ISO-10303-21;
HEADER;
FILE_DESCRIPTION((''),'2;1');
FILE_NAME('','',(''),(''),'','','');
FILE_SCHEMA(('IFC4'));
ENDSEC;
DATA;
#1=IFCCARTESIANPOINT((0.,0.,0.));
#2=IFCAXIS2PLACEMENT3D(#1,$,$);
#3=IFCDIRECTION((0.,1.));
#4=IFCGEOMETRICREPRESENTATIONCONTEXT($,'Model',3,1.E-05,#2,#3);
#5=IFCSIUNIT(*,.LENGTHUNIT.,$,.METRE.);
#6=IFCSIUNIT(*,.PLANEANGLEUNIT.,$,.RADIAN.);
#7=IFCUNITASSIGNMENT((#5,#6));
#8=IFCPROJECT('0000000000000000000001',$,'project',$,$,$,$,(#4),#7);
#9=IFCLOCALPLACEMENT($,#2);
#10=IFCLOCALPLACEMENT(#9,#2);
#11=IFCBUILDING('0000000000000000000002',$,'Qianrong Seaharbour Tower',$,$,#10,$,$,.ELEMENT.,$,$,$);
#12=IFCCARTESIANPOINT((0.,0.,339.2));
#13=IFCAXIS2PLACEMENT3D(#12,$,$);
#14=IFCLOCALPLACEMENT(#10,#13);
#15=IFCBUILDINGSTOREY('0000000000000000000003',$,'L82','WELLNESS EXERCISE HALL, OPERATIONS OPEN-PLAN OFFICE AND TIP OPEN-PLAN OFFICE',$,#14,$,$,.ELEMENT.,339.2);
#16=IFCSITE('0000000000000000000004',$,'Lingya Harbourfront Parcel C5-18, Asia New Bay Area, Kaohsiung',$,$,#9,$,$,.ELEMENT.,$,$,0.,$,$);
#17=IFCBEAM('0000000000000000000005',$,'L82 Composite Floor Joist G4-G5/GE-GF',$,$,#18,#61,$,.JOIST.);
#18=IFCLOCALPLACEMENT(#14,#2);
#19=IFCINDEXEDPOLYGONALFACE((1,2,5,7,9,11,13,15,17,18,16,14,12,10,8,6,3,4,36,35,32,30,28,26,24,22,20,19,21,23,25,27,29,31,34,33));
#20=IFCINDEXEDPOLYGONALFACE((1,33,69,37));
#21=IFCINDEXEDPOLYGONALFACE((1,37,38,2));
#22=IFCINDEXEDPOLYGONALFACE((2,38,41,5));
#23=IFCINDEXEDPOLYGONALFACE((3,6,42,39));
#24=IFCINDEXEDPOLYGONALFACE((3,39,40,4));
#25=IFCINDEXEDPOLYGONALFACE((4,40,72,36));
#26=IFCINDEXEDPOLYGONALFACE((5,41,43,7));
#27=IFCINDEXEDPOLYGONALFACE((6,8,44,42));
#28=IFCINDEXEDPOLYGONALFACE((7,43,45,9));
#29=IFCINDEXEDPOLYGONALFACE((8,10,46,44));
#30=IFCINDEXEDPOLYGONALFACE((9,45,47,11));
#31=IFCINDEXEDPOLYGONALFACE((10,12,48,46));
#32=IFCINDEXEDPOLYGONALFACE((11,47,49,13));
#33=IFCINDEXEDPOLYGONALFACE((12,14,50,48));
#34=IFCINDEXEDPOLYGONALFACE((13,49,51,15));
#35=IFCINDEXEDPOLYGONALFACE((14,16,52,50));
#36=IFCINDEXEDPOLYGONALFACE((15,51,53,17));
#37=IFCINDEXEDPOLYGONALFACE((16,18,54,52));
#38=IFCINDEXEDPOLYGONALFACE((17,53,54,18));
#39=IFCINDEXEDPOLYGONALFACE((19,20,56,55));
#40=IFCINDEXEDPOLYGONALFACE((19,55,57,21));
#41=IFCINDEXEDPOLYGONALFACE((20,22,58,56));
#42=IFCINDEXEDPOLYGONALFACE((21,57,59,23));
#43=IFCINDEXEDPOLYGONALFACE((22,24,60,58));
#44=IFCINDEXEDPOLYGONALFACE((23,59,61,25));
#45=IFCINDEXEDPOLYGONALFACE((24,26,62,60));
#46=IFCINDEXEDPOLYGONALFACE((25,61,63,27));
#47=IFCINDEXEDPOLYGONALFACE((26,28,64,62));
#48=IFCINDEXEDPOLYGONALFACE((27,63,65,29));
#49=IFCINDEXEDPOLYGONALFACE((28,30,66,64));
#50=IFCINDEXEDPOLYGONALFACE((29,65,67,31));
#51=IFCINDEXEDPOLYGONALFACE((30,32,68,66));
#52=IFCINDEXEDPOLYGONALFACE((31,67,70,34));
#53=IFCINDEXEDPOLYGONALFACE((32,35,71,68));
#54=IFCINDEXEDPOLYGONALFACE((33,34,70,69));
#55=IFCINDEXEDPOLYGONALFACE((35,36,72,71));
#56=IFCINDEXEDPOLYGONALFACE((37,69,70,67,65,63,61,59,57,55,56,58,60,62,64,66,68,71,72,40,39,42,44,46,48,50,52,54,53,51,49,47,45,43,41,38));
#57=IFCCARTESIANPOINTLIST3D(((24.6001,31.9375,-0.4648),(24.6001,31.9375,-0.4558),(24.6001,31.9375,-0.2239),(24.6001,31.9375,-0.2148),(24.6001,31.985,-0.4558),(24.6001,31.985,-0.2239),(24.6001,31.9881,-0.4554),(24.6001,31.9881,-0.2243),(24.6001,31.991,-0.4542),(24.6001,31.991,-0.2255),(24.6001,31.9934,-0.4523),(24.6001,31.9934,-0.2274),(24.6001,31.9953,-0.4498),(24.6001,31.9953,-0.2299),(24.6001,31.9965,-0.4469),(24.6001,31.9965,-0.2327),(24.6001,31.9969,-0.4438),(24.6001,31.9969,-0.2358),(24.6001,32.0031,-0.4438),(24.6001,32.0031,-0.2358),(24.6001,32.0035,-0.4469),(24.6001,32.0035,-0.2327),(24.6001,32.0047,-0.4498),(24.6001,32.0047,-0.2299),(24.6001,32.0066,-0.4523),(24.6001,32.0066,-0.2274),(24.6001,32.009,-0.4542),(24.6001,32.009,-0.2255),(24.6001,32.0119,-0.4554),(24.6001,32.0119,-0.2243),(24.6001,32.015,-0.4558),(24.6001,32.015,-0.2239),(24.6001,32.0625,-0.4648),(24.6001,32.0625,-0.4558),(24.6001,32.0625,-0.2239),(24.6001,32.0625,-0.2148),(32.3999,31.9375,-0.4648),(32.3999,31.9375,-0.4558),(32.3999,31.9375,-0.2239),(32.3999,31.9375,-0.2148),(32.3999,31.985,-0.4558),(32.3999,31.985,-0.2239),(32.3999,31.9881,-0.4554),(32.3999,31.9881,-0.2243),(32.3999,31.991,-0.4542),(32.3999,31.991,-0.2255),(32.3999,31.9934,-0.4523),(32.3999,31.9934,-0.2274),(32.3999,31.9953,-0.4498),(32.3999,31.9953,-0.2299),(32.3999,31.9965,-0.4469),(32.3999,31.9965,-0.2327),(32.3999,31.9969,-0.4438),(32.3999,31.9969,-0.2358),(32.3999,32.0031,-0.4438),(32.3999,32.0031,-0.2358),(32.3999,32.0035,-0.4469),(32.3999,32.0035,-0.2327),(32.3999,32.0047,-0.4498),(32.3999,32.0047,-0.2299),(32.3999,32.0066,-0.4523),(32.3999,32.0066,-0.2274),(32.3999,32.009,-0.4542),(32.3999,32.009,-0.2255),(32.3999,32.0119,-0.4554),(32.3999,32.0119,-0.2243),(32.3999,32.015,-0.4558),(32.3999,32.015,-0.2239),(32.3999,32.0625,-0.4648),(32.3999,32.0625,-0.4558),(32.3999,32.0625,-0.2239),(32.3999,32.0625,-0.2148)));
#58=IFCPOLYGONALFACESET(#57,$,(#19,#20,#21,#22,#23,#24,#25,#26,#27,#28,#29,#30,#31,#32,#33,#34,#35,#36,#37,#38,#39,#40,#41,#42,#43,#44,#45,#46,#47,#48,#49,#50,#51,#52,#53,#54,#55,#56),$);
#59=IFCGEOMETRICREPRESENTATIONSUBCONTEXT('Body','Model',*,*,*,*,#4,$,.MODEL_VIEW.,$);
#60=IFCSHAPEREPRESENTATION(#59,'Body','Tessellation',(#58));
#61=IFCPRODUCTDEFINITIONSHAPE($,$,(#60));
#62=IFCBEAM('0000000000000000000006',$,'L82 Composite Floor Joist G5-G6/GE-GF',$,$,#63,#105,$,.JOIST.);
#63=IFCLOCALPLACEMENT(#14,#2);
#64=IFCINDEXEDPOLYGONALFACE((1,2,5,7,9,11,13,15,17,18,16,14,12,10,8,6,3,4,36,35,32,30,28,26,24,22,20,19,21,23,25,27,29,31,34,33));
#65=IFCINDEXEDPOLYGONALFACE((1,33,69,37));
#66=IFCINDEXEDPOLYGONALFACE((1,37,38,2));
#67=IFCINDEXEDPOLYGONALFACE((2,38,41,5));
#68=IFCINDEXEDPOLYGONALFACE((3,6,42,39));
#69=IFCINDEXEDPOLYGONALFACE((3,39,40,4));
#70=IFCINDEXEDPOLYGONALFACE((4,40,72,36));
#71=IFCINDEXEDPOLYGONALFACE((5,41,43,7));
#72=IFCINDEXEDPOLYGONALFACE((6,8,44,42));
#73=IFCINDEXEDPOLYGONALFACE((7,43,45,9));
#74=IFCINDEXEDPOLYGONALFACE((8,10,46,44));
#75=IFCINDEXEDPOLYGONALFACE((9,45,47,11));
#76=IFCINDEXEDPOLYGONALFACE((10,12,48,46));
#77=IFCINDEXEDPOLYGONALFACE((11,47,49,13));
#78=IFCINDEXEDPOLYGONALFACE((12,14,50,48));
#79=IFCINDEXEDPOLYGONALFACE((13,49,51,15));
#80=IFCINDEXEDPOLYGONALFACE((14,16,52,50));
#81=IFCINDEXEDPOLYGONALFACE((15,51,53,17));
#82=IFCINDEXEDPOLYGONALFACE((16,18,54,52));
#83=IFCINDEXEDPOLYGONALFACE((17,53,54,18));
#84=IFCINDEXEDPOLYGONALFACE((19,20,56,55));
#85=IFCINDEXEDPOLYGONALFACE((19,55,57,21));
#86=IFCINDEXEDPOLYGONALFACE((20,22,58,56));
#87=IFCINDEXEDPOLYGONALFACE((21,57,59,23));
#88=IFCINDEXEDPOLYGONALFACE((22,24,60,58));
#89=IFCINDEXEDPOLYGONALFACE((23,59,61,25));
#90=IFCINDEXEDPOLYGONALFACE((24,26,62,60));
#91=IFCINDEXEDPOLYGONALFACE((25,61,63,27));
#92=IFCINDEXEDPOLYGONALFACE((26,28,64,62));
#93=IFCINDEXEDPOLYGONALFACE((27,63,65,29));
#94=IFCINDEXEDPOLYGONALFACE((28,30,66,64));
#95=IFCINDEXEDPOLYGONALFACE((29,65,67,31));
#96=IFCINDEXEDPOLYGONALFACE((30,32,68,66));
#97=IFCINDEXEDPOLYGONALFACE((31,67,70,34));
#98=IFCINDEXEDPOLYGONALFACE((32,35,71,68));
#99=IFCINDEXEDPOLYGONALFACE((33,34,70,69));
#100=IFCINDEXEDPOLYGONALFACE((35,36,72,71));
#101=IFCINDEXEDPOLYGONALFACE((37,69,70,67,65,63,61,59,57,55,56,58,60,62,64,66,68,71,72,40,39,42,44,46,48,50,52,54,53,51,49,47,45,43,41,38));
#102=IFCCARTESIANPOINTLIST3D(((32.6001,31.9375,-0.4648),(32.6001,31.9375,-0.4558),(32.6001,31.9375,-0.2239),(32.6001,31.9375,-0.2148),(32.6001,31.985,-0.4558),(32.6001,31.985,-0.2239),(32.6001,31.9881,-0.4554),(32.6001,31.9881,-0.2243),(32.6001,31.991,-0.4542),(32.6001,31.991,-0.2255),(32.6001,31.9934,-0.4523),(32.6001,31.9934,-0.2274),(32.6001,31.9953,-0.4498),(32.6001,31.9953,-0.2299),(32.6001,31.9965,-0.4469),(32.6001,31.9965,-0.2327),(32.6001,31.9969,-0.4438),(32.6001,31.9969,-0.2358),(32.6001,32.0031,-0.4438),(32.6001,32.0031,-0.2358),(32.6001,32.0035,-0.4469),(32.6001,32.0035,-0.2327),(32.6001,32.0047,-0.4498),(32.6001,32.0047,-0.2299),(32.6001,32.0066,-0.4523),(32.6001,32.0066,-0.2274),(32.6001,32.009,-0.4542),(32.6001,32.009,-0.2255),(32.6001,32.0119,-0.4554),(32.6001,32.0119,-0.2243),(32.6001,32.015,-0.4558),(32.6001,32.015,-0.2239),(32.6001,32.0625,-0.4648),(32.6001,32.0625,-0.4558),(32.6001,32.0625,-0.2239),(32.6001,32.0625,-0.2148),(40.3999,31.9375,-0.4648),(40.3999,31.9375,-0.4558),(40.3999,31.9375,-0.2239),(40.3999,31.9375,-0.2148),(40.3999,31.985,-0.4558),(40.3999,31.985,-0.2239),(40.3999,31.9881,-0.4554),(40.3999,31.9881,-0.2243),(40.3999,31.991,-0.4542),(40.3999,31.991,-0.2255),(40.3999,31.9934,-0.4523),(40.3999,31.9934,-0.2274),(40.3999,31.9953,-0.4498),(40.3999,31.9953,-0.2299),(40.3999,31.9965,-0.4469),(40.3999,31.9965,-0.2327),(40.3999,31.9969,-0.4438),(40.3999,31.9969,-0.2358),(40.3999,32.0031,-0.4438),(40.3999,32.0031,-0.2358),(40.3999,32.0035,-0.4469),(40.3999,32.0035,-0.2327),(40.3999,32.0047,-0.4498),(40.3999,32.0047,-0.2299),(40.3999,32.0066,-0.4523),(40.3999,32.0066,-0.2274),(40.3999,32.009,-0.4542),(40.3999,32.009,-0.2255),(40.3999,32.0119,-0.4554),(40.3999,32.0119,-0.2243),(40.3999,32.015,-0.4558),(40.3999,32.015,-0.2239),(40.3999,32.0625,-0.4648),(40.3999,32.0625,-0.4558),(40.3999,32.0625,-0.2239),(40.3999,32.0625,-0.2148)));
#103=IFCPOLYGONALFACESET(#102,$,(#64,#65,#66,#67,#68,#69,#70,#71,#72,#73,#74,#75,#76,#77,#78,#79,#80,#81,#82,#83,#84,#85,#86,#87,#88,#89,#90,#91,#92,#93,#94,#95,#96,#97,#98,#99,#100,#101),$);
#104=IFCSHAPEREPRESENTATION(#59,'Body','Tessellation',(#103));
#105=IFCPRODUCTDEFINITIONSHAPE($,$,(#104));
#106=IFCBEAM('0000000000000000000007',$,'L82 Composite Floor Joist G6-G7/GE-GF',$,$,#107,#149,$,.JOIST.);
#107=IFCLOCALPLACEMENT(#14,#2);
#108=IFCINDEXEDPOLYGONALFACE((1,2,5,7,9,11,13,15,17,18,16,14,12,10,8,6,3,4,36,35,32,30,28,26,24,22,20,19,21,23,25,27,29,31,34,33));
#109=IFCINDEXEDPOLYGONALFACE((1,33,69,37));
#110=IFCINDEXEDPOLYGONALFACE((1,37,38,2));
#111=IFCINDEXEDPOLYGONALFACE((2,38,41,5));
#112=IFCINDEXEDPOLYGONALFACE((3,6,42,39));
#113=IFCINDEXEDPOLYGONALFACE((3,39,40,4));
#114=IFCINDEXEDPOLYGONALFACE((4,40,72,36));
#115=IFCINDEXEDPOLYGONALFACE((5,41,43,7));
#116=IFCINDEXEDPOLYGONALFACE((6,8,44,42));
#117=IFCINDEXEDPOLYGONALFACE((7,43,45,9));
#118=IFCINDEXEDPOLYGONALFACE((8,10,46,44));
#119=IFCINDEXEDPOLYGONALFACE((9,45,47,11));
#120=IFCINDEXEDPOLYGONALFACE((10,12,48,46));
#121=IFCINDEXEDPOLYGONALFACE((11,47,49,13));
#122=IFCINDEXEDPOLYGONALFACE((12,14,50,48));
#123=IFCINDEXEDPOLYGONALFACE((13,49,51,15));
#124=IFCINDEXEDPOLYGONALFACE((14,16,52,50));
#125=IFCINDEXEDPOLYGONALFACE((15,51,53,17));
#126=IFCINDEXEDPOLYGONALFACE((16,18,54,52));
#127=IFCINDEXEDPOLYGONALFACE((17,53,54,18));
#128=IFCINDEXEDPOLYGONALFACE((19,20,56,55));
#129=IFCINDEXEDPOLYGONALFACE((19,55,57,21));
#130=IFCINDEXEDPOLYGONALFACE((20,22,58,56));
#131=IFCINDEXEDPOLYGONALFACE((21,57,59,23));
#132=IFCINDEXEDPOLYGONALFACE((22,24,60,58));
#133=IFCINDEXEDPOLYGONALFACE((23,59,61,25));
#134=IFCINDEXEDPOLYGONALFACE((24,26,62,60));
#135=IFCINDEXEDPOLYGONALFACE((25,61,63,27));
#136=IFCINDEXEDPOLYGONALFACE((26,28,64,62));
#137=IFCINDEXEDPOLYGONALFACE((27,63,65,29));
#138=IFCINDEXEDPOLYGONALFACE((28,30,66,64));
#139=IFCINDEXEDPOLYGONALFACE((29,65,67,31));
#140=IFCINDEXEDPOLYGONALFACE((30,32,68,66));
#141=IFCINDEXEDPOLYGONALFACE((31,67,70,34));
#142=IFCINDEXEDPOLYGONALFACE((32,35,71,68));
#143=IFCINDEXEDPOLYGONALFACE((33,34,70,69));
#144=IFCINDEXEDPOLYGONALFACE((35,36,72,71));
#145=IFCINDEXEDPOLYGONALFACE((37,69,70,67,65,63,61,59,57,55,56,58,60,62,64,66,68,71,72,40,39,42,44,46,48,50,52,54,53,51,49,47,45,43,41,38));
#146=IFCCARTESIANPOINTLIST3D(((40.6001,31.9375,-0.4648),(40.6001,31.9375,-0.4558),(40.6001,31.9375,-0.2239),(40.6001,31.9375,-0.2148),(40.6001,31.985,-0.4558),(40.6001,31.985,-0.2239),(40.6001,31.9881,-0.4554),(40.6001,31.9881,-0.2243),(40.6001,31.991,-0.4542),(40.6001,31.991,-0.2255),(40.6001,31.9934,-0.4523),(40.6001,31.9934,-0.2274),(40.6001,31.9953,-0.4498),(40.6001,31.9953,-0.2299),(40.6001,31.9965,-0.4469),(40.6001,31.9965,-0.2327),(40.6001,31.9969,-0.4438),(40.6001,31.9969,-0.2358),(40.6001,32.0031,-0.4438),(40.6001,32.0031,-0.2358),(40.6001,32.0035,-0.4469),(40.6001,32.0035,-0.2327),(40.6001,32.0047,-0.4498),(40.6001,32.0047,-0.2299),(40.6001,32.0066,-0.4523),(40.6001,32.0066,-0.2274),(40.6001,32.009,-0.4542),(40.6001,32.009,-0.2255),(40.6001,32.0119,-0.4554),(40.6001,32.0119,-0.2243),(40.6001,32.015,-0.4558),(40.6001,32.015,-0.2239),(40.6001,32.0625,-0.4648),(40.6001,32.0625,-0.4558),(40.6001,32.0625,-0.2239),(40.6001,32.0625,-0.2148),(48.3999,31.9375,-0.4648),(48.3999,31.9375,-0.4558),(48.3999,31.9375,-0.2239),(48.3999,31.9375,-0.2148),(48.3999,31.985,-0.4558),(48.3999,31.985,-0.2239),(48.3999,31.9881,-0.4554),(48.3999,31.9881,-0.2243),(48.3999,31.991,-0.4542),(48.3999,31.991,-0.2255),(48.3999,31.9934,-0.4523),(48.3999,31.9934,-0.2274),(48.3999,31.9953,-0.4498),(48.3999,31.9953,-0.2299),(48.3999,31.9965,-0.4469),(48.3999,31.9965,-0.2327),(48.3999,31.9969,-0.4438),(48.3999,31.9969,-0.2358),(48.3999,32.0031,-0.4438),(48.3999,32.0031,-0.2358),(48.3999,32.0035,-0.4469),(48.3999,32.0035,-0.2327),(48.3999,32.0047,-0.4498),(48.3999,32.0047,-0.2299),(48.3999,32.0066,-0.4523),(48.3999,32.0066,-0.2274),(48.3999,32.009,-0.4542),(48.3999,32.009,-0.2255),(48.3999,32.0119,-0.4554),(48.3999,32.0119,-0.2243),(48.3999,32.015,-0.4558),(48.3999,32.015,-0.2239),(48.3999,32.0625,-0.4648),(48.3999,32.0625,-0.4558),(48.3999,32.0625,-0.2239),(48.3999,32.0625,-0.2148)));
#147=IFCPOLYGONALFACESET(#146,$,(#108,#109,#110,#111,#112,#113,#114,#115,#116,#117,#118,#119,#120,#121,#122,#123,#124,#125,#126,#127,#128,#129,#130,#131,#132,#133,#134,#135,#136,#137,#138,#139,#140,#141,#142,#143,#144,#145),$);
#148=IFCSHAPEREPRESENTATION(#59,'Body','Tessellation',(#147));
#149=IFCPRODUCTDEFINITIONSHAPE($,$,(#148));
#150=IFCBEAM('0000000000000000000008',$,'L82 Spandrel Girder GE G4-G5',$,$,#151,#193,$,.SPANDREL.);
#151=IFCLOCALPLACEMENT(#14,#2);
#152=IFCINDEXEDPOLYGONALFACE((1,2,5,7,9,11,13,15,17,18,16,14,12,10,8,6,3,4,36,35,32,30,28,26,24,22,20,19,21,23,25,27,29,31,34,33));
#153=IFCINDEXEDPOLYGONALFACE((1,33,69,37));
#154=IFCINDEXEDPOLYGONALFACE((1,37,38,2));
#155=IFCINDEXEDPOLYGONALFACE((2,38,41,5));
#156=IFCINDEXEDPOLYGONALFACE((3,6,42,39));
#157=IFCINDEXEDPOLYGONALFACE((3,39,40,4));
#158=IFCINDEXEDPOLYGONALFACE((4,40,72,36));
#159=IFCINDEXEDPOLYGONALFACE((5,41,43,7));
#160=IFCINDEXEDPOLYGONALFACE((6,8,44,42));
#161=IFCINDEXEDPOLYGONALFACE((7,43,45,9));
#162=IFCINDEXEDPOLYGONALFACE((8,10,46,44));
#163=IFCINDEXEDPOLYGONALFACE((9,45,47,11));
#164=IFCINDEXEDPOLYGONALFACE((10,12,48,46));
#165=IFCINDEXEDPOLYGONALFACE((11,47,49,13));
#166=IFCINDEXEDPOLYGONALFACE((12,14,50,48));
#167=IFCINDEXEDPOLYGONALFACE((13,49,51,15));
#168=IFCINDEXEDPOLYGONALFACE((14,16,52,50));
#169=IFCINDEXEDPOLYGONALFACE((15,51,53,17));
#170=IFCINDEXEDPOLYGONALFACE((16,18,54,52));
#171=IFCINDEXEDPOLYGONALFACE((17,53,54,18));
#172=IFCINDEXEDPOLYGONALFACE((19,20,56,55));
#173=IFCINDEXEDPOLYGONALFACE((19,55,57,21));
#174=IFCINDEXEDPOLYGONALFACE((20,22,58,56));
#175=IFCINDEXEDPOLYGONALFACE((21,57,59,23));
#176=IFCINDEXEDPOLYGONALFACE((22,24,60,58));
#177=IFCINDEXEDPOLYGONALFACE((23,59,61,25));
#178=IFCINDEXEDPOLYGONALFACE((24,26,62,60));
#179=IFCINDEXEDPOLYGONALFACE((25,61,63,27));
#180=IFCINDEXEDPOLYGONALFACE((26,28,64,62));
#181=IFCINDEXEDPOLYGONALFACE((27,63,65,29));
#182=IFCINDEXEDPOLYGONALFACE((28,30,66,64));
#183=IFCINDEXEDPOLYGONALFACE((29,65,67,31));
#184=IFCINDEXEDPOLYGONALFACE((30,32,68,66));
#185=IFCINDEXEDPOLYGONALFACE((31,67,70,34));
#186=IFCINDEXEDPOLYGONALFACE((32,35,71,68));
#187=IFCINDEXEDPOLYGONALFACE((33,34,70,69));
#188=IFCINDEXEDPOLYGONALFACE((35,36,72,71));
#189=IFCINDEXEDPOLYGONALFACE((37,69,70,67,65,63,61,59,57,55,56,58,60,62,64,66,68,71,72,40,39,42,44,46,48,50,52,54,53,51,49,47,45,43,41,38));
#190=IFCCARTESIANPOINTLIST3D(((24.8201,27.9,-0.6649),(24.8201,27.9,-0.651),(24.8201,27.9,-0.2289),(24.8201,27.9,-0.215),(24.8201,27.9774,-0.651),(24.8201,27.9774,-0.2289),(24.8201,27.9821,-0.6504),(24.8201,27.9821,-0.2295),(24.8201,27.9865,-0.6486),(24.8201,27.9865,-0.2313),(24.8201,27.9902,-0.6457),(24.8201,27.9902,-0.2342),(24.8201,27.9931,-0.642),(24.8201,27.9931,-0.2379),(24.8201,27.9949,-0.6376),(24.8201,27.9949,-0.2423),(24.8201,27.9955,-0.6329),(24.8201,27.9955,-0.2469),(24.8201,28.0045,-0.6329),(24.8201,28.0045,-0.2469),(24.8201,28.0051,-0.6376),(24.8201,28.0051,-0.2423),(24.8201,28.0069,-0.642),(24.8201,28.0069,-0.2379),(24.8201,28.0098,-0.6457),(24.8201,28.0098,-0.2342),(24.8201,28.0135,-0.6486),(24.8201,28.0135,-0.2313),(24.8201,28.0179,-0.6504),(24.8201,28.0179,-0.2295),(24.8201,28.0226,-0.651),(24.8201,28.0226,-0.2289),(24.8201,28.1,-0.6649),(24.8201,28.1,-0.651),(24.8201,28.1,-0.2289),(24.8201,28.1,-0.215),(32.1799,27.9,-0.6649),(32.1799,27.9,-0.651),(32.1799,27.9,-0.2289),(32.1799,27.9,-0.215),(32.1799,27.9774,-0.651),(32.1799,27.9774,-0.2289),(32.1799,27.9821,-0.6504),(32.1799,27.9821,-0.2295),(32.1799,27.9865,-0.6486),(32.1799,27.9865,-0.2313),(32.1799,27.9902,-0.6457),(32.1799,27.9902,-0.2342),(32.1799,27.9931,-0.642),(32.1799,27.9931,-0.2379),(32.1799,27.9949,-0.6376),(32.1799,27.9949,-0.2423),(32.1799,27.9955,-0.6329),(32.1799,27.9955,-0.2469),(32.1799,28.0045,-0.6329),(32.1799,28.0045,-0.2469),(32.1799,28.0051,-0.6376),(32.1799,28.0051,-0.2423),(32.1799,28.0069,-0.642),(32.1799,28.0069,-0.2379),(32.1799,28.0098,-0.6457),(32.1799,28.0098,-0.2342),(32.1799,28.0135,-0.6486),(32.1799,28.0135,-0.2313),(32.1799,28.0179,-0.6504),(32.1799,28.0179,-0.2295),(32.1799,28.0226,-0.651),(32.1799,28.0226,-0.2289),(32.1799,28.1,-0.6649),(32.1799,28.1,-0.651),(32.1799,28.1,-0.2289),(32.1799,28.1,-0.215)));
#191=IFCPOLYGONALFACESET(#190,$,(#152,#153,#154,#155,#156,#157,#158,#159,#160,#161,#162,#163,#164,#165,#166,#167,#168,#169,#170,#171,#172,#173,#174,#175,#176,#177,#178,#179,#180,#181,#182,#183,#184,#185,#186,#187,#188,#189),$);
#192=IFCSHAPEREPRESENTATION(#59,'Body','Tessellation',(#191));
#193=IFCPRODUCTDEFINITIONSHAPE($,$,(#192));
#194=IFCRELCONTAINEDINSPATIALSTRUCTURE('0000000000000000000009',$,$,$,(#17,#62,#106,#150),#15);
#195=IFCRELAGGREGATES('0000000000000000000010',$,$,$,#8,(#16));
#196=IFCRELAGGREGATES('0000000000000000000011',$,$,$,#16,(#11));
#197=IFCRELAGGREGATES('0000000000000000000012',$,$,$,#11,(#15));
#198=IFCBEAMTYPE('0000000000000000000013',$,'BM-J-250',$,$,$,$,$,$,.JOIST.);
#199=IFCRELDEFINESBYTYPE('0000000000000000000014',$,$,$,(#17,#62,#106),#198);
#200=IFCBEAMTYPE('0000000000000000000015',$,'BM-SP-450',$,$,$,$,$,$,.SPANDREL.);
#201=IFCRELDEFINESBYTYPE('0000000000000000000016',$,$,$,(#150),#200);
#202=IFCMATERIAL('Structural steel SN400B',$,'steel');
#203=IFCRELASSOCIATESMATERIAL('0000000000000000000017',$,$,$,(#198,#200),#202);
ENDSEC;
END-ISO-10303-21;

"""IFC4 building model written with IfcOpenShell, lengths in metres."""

from ifc_helpers import new_model, si_unit, direction, frame, origin, origin_2d, place, context, subcontext, project, spatial, i_section, extrude, material, material_profile, profile_set, type_object, element, save


model = new_model("IFC4")

# Units and contexts
model_context = context("Model", 3, precision=1e-05, world=origin(), true_north=direction((0.0, 1.0)))
body_context = subcontext(model_context, "Body", "Model", "MODEL_VIEW")
ifc_project = project(units=[si_unit("LENGTHUNIT", "METRE"), si_unit("PLANEANGLEUNIT", "RADIAN")], contexts=[model_context])

# Site, building, storey
site_placement = place(None, origin())
site = spatial("IfcSite", under=ifc_project, at=site_placement, Name="Lingya Harbourfront Parcel C5-18, Asia New Bay Area, Kaohsiung", CompositionType="ELEMENT", RefElevation=0.0)
building_placement = place(site_placement, origin())
building = spatial("IfcBuilding", under=site, at=building_placement, Name="Qianrong Seaharbour Tower", CompositionType="ELEMENT")
storey_placement = place(building_placement, frame((0.0, 0.0, 339.2)))
storey = spatial("IfcBuildingStorey", under=building, at=storey_placement, Name="L82", Description="WELLNESS EXERCISE HALL, OPERATIONS OPEN-PLAN OFFICE AND TIP OPEN-PLAN OFFICE", CompositionType="ELEMENT", Elevation=339.2)

# Shared definitions
ifc_material_1 = material(Name="Structural steel SN400B", Category="steel")

# Beams
ifc_material_profile_1 = material_profile(ifc_material_1, i_section(OverallWidth=0.125, OverallDepth=0.25, WebThickness=0.0061, FlangeThickness=0.009, FilletRadius=0.012, at=origin_2d()), Name="H250x125x6x9")
ifc_profile_set_1 = profile_set([ifc_material_profile_1], Name="Structural steel SN400B")
beam_type_1 = type_object("IfcBeamType", Name="BM-J-250", PredefinedType="JOIST", material=ifc_profile_set_1)
for number, where, z_axis, x_axis, name in (
    (1, (24.6001, 32.0, -0.3398), (1.0, 0.0, 0.0), (0.0, 1.0, 0.0), "L82 Composite Floor Joist G4-G5/GE-GF"),
    (2, (32.6001, 32.0, -0.3398), (1.0, 0.0, 0.0), (0.0, 1.0, 0.0), "L82 Composite Floor Joist G5-G6/GE-GF"),
    (3, (40.6001, 32.0, -0.3398), (1.0, 0.0, 0.0), (0.0, 1.0, 0.0), "L82 Composite Floor Joist G6-G7/GE-GF"),
):
    element("IfcBeam", number, at=place(storey_placement, frame(where, z_axis=z_axis, x_axis=x_axis)), inside=storey, type_object=beam_type_1, Name=name, PredefinedType="JOIST", context=body_context, shape_type="SweptSolid", body=[
        extrude(i_section(OverallWidth=0.125, OverallDepth=0.25, WebThickness=0.0061, FlangeThickness=0.009, FilletRadius=0.012, at=origin_2d()), origin(), (0.0, 0.0, 1.0), 7.7998),
    ])
ifc_material_profile_2 = material_profile(ifc_material_1, i_section(OverallWidth=0.2, OverallDepth=0.45, WebThickness=0.009, FlangeThickness=0.0139, FilletRadius=0.0181, at=origin_2d()), Name="H450x200x9x14")
ifc_profile_set_2 = profile_set([ifc_material_profile_2], Name="Structural steel SN400B")
beam_type_2 = type_object("IfcBeamType", Name="BM-SP-450", PredefinedType="SPANDREL", material=ifc_profile_set_2)
for number, where, z_axis, x_axis, name in (
    (4, (24.8201, 28.0, -0.4399), (1.0, 0.0, 0.0), (0.0, 1.0, 0.0), "L82 Spandrel Girder GE G4-G5"),
):
    element("IfcBeam", number, at=place(storey_placement, frame(where, z_axis=z_axis, x_axis=x_axis)), inside=storey, type_object=beam_type_2, Name=name, PredefinedType="SPANDREL", context=body_context, shape_type="SweptSolid", body=[
        extrude(i_section(OverallWidth=0.2, OverallDepth=0.45, WebThickness=0.009, FlangeThickness=0.0139, FilletRadius=0.0181, at=origin_2d()), origin(), (0.0, 0.0, 1.0), 7.3599),
    ])

save(model, "model.ifc")
